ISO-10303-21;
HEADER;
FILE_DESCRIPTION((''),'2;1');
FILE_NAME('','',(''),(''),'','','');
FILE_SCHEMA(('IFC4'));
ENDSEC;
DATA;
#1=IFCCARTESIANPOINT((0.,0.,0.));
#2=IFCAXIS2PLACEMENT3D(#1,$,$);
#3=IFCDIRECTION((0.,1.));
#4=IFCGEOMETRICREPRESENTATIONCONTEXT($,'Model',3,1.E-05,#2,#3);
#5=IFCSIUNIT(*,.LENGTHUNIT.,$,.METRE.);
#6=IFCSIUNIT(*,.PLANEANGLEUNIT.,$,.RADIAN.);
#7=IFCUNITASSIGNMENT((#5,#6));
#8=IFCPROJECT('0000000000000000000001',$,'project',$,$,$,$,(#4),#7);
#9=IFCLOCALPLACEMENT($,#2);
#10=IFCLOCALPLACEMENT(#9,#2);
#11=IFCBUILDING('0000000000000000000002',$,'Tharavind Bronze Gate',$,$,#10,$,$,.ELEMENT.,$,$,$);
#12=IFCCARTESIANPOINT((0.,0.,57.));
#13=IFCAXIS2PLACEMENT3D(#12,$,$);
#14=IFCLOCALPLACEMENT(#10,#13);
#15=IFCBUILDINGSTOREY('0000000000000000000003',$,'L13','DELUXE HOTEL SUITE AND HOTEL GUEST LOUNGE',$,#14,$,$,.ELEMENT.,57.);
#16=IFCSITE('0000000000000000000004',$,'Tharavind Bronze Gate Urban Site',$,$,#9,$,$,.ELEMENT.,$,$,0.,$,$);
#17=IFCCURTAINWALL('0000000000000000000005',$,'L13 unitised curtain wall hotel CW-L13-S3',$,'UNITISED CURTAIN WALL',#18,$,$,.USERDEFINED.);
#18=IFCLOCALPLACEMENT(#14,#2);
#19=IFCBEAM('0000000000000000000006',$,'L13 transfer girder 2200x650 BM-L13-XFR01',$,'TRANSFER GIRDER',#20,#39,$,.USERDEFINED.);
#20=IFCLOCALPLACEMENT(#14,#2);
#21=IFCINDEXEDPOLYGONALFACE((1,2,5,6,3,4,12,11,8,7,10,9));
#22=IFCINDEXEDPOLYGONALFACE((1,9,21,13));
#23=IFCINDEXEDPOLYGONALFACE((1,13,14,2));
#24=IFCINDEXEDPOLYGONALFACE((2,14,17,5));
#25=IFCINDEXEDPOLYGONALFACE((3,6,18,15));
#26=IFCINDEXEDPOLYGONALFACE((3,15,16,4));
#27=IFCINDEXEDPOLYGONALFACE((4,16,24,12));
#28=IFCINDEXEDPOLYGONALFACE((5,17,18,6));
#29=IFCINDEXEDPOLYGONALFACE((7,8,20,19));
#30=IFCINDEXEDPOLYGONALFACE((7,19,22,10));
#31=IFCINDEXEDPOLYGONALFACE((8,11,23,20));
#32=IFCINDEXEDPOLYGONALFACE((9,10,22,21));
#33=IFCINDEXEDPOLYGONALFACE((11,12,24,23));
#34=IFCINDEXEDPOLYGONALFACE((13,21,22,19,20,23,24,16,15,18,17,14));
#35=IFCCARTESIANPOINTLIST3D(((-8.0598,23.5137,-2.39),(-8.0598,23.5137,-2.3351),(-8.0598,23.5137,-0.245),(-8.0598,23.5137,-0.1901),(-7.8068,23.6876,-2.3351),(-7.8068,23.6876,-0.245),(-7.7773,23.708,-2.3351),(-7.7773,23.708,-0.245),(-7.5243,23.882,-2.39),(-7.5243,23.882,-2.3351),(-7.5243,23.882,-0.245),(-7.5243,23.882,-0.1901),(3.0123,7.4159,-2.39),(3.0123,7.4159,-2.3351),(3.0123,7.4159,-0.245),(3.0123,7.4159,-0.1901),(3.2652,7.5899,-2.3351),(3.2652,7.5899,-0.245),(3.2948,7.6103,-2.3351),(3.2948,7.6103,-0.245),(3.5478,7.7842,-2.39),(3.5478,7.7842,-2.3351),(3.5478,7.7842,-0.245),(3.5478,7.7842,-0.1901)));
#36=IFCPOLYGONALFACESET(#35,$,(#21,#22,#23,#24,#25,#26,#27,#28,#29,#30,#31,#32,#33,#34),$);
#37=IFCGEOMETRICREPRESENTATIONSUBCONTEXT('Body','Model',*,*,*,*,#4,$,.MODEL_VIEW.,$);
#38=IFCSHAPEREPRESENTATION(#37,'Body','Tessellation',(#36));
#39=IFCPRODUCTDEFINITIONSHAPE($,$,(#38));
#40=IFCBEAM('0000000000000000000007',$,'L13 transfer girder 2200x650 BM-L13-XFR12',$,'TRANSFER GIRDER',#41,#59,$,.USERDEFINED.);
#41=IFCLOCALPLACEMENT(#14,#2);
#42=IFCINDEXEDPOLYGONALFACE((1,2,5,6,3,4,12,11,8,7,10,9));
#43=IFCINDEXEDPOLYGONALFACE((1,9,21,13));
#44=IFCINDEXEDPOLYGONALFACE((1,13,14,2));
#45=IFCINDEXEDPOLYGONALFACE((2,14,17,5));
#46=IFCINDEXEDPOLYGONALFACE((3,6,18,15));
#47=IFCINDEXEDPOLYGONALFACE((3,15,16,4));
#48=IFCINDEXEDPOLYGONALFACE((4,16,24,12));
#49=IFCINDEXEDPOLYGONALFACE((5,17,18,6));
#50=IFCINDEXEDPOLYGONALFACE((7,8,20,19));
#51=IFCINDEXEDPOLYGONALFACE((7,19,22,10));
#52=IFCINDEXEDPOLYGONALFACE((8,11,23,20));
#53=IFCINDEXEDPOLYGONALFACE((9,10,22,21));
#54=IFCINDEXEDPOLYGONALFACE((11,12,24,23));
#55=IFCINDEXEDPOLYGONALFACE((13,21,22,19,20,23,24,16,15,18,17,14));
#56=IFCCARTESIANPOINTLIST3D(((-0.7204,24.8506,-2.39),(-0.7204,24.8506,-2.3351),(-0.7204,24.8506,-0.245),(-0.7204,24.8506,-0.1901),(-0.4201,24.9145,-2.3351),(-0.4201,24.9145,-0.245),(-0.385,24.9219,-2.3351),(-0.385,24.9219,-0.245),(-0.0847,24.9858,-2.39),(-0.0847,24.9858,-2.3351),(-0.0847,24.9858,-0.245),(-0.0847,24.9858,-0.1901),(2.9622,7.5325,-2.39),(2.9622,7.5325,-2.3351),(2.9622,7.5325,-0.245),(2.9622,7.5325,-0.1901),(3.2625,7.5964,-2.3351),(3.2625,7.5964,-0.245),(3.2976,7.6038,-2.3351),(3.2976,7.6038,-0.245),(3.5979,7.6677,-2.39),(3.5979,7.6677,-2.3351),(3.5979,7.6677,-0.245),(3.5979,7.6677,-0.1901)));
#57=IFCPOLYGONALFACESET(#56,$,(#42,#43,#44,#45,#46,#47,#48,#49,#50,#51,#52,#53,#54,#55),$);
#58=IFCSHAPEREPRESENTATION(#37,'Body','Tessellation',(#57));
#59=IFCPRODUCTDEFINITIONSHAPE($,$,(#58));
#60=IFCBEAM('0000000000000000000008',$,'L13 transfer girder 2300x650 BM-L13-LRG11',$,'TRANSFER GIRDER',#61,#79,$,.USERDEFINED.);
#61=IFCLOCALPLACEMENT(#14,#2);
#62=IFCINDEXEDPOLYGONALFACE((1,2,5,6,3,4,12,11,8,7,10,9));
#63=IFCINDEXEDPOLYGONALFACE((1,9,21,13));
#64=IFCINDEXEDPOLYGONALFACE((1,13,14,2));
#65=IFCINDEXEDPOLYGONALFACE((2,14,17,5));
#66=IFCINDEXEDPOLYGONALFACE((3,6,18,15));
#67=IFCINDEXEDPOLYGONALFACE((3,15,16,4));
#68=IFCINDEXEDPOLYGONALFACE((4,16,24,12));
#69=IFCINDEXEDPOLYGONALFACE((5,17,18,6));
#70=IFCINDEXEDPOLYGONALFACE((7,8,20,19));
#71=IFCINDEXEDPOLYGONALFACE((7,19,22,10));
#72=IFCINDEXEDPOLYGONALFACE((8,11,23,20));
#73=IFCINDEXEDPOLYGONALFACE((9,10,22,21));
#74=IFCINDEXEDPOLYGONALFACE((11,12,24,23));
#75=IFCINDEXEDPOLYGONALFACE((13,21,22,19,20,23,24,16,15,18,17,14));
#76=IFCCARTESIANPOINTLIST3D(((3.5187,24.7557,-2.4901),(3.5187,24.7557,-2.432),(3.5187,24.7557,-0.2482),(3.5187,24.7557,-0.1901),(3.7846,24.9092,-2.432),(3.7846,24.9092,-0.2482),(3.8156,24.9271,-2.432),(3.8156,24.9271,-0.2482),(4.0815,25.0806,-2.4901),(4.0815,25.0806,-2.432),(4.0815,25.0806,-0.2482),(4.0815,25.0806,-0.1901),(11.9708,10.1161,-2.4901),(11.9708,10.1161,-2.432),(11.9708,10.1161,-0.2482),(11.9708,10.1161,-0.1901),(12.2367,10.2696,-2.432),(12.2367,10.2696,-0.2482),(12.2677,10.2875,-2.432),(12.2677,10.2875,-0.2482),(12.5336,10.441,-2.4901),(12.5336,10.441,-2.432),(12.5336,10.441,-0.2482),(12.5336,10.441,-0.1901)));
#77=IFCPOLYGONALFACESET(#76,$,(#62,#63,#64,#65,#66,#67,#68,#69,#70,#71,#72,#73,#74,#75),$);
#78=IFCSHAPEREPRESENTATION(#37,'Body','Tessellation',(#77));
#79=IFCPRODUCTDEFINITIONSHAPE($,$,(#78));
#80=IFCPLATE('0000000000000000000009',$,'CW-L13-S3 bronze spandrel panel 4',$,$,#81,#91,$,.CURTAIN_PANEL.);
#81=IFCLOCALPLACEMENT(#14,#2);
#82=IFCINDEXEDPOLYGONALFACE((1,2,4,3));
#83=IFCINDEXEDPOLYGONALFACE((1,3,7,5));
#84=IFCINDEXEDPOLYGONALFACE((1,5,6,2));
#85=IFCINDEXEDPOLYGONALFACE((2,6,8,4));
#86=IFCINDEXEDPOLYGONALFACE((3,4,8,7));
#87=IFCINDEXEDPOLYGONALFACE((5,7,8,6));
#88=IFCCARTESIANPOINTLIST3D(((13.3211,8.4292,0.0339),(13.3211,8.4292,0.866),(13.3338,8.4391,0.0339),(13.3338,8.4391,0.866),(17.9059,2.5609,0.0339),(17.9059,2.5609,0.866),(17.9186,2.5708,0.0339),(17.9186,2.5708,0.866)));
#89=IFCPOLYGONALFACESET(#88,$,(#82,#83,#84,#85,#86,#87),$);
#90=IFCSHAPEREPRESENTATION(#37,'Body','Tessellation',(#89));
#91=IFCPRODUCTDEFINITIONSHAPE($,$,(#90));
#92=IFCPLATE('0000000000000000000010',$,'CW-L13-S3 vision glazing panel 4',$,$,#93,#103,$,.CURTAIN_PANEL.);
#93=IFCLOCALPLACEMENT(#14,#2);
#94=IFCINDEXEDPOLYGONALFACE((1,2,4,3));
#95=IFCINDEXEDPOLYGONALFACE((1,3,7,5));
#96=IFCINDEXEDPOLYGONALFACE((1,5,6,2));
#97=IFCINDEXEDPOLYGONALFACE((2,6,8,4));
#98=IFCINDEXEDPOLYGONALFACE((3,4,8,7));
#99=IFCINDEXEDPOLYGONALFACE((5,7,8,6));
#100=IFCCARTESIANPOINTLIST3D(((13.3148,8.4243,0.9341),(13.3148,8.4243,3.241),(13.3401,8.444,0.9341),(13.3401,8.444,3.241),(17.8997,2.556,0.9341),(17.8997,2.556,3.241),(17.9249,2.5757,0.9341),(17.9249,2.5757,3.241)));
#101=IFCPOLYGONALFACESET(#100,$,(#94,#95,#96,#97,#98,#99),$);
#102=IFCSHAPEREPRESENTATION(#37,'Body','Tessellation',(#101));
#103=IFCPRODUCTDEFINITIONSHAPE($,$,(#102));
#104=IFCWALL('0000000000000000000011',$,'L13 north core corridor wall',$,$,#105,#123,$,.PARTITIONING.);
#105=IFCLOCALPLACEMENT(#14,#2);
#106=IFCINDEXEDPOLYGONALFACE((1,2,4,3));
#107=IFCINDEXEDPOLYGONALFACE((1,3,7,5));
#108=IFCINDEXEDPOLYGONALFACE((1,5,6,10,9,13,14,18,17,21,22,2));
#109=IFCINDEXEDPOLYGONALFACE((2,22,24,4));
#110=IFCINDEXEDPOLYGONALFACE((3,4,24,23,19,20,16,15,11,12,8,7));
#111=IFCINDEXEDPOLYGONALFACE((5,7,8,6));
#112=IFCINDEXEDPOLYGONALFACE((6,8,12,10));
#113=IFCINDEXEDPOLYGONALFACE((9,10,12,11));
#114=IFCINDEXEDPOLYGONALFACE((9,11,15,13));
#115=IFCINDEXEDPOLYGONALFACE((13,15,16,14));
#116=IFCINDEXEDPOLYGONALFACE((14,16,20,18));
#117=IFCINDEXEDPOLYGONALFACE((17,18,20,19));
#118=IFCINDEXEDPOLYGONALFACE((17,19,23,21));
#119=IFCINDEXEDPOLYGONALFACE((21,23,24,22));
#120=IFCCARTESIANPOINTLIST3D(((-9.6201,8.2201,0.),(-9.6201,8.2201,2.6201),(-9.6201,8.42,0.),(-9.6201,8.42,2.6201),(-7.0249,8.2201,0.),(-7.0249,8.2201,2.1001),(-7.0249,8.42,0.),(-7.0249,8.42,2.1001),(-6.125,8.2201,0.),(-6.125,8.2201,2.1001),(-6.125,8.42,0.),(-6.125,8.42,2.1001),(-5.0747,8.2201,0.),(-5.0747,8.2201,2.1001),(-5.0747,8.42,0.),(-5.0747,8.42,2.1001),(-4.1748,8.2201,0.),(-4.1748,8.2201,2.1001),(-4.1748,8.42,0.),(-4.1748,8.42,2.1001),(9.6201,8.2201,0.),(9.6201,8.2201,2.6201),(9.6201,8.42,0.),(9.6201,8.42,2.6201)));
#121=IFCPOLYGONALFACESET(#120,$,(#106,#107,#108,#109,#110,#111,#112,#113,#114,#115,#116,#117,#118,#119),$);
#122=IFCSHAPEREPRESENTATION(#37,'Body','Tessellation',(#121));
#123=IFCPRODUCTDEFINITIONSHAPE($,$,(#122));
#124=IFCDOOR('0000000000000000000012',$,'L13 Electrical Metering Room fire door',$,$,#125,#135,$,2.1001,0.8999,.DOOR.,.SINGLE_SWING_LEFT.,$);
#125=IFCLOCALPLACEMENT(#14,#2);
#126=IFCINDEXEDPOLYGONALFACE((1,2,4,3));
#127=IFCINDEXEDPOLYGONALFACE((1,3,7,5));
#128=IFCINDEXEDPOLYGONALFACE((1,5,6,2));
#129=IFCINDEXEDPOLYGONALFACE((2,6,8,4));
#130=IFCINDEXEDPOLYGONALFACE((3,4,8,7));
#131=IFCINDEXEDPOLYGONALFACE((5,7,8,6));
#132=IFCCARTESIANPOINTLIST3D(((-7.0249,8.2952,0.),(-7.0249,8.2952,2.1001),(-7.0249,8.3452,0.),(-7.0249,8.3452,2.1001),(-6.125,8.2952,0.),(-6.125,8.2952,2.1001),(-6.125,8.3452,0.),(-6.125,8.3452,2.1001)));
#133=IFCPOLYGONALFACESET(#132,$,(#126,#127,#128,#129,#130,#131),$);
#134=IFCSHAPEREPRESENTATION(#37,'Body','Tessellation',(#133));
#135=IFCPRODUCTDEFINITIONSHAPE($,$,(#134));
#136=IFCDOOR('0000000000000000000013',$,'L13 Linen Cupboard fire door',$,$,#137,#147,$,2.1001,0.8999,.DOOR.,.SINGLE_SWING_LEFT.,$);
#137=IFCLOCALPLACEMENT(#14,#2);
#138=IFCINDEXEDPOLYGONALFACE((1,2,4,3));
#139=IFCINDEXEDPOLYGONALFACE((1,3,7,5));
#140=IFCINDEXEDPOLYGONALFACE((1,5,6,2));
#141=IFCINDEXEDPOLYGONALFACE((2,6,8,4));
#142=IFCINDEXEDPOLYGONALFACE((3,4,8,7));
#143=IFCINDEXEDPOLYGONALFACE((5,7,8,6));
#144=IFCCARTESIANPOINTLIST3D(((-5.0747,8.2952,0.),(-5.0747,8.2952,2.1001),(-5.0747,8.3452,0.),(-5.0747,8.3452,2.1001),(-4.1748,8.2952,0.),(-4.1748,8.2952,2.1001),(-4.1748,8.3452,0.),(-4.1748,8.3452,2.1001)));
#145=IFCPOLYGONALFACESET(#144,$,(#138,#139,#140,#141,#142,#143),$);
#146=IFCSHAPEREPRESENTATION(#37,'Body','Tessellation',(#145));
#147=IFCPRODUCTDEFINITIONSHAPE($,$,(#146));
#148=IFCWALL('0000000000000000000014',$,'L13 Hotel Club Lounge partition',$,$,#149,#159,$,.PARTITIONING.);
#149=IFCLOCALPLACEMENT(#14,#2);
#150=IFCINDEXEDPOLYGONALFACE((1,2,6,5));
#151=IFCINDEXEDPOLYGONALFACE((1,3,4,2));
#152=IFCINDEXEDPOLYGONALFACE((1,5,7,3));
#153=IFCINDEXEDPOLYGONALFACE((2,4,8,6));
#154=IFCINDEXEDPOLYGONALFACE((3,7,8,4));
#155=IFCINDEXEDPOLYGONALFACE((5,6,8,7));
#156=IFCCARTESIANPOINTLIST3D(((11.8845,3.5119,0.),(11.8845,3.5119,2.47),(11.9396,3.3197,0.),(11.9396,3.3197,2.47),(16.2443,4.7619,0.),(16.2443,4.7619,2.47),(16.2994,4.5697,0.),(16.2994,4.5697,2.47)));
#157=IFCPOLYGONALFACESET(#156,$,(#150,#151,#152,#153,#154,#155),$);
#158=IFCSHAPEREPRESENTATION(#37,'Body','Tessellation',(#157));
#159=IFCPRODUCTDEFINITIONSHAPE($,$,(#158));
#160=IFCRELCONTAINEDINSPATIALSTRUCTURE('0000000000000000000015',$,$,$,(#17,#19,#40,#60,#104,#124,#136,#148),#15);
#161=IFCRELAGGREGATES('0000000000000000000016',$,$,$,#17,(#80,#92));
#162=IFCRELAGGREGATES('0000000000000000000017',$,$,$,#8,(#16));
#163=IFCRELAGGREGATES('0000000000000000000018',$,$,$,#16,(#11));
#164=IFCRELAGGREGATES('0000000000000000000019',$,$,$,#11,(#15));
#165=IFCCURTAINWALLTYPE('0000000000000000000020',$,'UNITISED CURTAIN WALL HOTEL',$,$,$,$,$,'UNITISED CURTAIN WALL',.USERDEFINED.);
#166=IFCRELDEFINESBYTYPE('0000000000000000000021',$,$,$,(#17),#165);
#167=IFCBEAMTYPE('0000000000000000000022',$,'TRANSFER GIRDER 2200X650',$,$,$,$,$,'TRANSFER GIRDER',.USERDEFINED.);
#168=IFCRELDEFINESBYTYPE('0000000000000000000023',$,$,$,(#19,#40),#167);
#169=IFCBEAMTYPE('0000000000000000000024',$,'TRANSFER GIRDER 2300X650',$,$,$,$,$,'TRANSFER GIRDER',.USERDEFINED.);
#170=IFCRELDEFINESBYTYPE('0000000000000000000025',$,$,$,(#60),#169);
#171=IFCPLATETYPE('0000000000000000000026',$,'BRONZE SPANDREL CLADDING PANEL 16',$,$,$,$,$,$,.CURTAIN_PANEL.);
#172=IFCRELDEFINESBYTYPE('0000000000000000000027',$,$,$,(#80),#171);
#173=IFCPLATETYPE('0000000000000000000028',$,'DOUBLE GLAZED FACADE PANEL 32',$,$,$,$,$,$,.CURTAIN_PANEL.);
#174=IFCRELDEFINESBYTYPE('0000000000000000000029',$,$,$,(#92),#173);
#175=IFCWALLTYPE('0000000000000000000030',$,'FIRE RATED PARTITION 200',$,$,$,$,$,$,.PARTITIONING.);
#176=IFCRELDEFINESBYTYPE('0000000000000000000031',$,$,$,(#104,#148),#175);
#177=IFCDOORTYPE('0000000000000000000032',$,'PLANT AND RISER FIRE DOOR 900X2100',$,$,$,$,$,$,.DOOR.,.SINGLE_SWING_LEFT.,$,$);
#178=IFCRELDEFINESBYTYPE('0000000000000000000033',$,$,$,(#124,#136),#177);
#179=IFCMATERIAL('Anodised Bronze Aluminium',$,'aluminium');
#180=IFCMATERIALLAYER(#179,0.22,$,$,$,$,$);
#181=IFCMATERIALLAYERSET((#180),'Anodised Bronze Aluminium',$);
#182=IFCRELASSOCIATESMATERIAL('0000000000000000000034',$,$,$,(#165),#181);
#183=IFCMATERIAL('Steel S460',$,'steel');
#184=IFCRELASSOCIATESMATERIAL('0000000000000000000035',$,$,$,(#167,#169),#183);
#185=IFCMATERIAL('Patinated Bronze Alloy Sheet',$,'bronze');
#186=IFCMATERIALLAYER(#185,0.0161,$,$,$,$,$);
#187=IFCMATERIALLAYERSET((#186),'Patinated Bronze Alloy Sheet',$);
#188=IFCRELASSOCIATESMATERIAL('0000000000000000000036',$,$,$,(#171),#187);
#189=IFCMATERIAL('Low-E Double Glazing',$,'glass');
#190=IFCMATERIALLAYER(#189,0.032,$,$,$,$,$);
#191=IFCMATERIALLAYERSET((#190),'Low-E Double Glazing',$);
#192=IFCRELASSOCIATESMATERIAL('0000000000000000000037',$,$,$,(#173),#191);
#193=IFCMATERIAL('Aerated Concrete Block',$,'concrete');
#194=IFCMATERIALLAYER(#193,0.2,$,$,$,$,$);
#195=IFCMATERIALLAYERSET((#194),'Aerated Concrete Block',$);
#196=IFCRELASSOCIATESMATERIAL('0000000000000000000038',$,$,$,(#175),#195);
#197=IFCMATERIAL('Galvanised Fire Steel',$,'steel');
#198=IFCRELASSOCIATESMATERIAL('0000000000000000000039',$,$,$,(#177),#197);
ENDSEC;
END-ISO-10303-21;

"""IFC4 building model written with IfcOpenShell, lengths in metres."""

from ifc_helpers import new_model, si_unit, direction, frame, frame_2d, origin, origin_2d, place, context, subcontext, project, spatial, rectangle, i_section, extrude, material, layer, layer_set, material_profile, profile_set, type_object, element, fill, aggregate, save


model = new_model("IFC4")

# Units and contexts
model_context = context("Model", 3, precision=1e-05, world=origin(), true_north=direction((0.0, 1.0)))
body_context = subcontext(model_context, "Body", "Model", "MODEL_VIEW")
ifc_project = project(units=[si_unit("LENGTHUNIT", "METRE"), si_unit("PLANEANGLEUNIT", "RADIAN")], contexts=[model_context])

# Site, building, storey
site_placement = place(None, origin())
site = spatial("IfcSite", under=ifc_project, at=site_placement, Name="Tharavind Bronze Gate Urban Site", CompositionType="ELEMENT", RefElevation=0.0)
building_placement = place(site_placement, origin())
building = spatial("IfcBuilding", under=site, at=building_placement, Name="Tharavind Bronze Gate", CompositionType="ELEMENT")
storey_placement = place(building_placement, frame((0.0, 0.0, 57.0)))
storey = spatial("IfcBuildingStorey", under=building, at=storey_placement, Name="L13", Description="DELUXE HOTEL SUITE AND HOTEL GUEST LOUNGE", CompositionType="ELEMENT", Elevation=57.0)

# Curtain wall
ifc_material_1 = material(Name="Anodised Bronze Aluminium", Category="aluminium")
ifc_layer_1 = layer(ifc_material_1, 0.22)
ifc_layer_set_1 = layer_set([ifc_layer_1], Name="Anodised Bronze Aluminium")
curtain_wall_type = type_object("IfcCurtainWallType", Name="UNITISED CURTAIN WALL HOTEL", ElementType="UNITISED CURTAIN WALL", PredefinedType="USERDEFINED", material=ifc_layer_set_1)
curtain_wall_placement = place(storey_placement, origin())
curtain_wall = element("IfcCurtainWall", 1, at=curtain_wall_placement, inside=storey, type_object=curtain_wall_type, Name="L13 unitised curtain wall hotel CW-L13-S3", ObjectType="UNITISED CURTAIN WALL", PredefinedType="USERDEFINED")

# Beams
ifc_material_2 = material(Name="Steel S460", Category="steel")
ifc_material_profile_1 = material_profile(ifc_material_2, i_section(OverallWidth=0.6499, OverallDepth=2.2, WebThickness=0.0359, FlangeThickness=0.0549, at=origin_2d()), Name="PG2200X650")
ifc_profile_set_1 = profile_set([ifc_material_profile_1], Name="Steel S460")
beam_type_1 = type_object("IfcBeamType", Name="TRANSFER GIRDER 2200X650", ElementType="TRANSFER GIRDER", PredefinedType="USERDEFINED", material=ifc_profile_set_1)
beam_1_placement = place(storey_placement, frame((3.28, 7.6001, -1.29), z_axis=(-0.566699, 0.823925, 0.0), x_axis=(-0.823925, -0.566699, 0.0)))
element("IfcBeam", 2, at=beam_1_placement, inside=storey, type_object=beam_type_1, Name="L13 transfer girder 2200x650 BM-L13-XFR01", ObjectType="TRANSFER GIRDER", PredefinedType="USERDEFINED", context=body_context, shape_type="SweptSolid", body=[
    extrude(i_section(OverallWidth=0.6499, OverallDepth=2.2, WebThickness=0.0359, FlangeThickness=0.0549, at=origin_2d()), origin(), (0.0, 0.0, 1.0), 19.5378),
])
beam_2_placement = place(storey_placement, frame((3.28, 7.6001, -1.29), z_axis=(-0.207995, 0.97813, 0.0), x_axis=(-0.97813, -0.207995, 0.0)))
element("IfcBeam", 3, at=beam_2_placement, inside=storey, type_object=beam_type_1, Name="L13 transfer girder 2200x650 BM-L13-XFR12", ObjectType="TRANSFER GIRDER", PredefinedType="USERDEFINED", context=body_context, shape_type="SweptSolid", body=[
    extrude(i_section(OverallWidth=0.6499, OverallDepth=2.2, WebThickness=0.0359, FlangeThickness=0.0549, at=origin_2d()), origin(), (0.0, 0.0, 1.0), 17.7053),
])
ifc_material_profile_2 = material_profile(ifc_material_2, i_section(OverallWidth=0.6499, OverallDepth=2.3, WebThickness=0.0359, FlangeThickness=0.0581, at=origin_2d()), Name="PG2300X650")
ifc_profile_set_2 = profile_set([ifc_material_profile_2], Name="Steel S460")
beam_type_2 = type_object("IfcBeamType", Name="TRANSFER GIRDER 2300X650", ElementType="TRANSFER GIRDER", PredefinedType="USERDEFINED", material=ifc_profile_set_2)
beam_3_placement = place(storey_placement, frame((12.2522, 10.2786, -1.3401), z_axis=(-0.499997, 0.866027, 0.0), x_axis=(-0.866027, -0.499997, 0.0)))
element("IfcBeam", 4, at=beam_3_placement, inside=storey, type_object=beam_type_2, Name="L13 transfer girder 2300x650 BM-L13-LRG11", ObjectType="TRANSFER GIRDER", PredefinedType="USERDEFINED", context=body_context, shape_type="SweptSolid", body=[
    extrude(i_section(OverallWidth=0.6499, OverallDepth=2.3, WebThickness=0.0359, FlangeThickness=0.0581, at=origin_2d()), origin(), (0.0, 0.0, 1.0), 16.9043),
])

# Plates
ifc_material_3 = material(Name="Patinated Bronze Alloy Sheet", Category="bronze")
ifc_layer_2 = layer(ifc_material_3, 0.0161)
ifc_layer_set_2 = layer_set([ifc_layer_2], Name="Patinated Bronze Alloy Sheet")
plate_type_1 = type_object("IfcPlateType", Name="BRONZE SPANDREL CLADDING PANEL 16", PredefinedType="CURTAIN_PANEL", material=ifc_layer_set_2)
plate_1_placement = place(storey_placement, frame((15.6199, 5.5, 0.0339), z_axis=(0.0, 0.0, 1.0), x_axis=(-0.615661, 0.788011, 0.0)))
plate_1 = element("IfcPlate", 5, at=plate_1_placement, type_object=plate_type_1, Name="CW-L13-S3 bronze spandrel panel 4", PredefinedType="CURTAIN_PANEL", context=body_context, shape_type="SweptSolid", body=[
    extrude(rectangle(XDim=7.447, YDim=0.0161, at=origin_2d()), origin(), (0.0, 0.0, 1.0), 0.832),
])
ifc_material_4 = material(Name="Low-E Double Glazing", Category="glass")
ifc_layer_3 = layer(ifc_material_4, 0.032)
ifc_layer_set_3 = layer_set([ifc_layer_3], Name="Low-E Double Glazing")
plate_type_2 = type_object("IfcPlateType", Name="DOUBLE GLAZED FACADE PANEL 32", PredefinedType="CURTAIN_PANEL", material=ifc_layer_set_3)
plate_2_placement = place(storey_placement, frame((15.6199, 5.5, 0.9341), z_axis=(0.0, 0.0, 1.0), x_axis=(-0.615661, 0.788011, 0.0)))
plate_2 = element("IfcPlate", 6, at=plate_2_placement, type_object=plate_type_2, Name="CW-L13-S3 vision glazing panel 4", PredefinedType="CURTAIN_PANEL", context=body_context, shape_type="SweptSolid", body=[
    extrude(rectangle(XDim=7.447, YDim=0.032, at=origin_2d()), origin(), (0.0, 0.0, 1.0), 2.3069),
])
aggregate(curtain_wall, [plate_1, plate_2])

# Wall, openings, doors
ifc_material_5 = material(Name="Aerated Concrete Block", Category="concrete")
ifc_layer_4 = layer(ifc_material_5, 0.2)
ifc_layer_set_4 = layer_set([ifc_layer_4], Name="Aerated Concrete Block")
wall_type_1 = type_object("IfcWallType", Name="FIRE RATED PARTITION 200", PredefinedType="PARTITIONING", material=ifc_layer_set_4)
wall_1_placement = place(storey_placement, frame((9.6201, 8.3201, 0.0), z_axis=(0.0, 0.0, 1.0), x_axis=(-1.0, 0.0, 0.0)))
wall_1 = element("IfcWall", 7, at=wall_1_placement, inside=storey, type_object=wall_type_1, Name="L13 north core corridor wall", PredefinedType="PARTITIONING", context=body_context, shape_type="SweptSolid", body=[
    extrude(rectangle(XDim=19.2402, YDim=0.2, at=frame_2d((9.6201, 0.0))), origin(), (0.0, 0.0, 1.0), 2.6201),
])
opening_1_placement = place(wall_1_placement, frame((15.7451, 0.0, 0.0)))
opening_1 = element("IfcOpeningElement", 8, at=opening_1_placement, cuts=wall_1, PredefinedType="OPENING", context=body_context, shape_type="SweptSolid", body=[
    extrude(rectangle(XDim=0.8999, YDim=2.1001, at=frame_2d((0.45, 1.05))), frame((0.0, 0.1101, 0.0), z_axis=(0.0, -1.0, 0.0), x_axis=(1.0, 0.0, 0.0)), (0.0, 0.0, 1.0), 0.22),
])
opening_2_placement = place(wall_1_placement, frame((13.7949, 0.0, 0.0)))
opening_2 = element("IfcOpeningElement", 9, at=opening_2_placement, cuts=wall_1, PredefinedType="OPENING", context=body_context, shape_type="SweptSolid", body=[
    extrude(rectangle(XDim=0.8999, YDim=2.1001, at=frame_2d((0.45, 1.05))), frame((0.0, 0.1101, 0.0), z_axis=(0.0, -1.0, 0.0), x_axis=(1.0, 0.0, 0.0)), (0.0, 0.0, 1.0), 0.22),
])
ifc_material_6 = material(Name="Galvanised Fire Steel", Category="steel")
door_type_1 = type_object("IfcDoorType", Name="PLANT AND RISER FIRE DOOR 900X2100", OperationType="SINGLE_SWING_LEFT", PredefinedType="DOOR", material=ifc_material_6)
door_1_placement = place(opening_1_placement, origin())
door_1 = element("IfcDoor", 10, at=door_1_placement, inside=storey, type_object=door_type_1, Name="L13 Electrical Metering Room fire door", OperationType="SINGLE_SWING_LEFT", OverallHeight=2.1001, OverallWidth=0.8999, PredefinedType="DOOR", context=body_context, shape_type="SweptSolid", body=[
    extrude(rectangle(XDim=0.8999, YDim=2.1001, at=frame_2d((0.45, 1.05))), frame((0.0, 0.0249, 0.0), z_axis=(0.0, -1.0, 0.0), x_axis=(1.0, 0.0, 0.0)), (0.0, 0.0, 1.0), 0.05),
])
fill(opening_1, door_1)
door_2_placement = place(opening_2_placement, origin())
door_2 = element("IfcDoor", 11, at=door_2_placement, inside=storey, type_object=door_type_1, Name="L13 Linen Cupboard fire door", OperationType="SINGLE_SWING_LEFT", OverallHeight=2.1001, OverallWidth=0.8999, PredefinedType="DOOR", context=body_context, shape_type="SweptSolid", body=[
    extrude(rectangle(XDim=0.8999, YDim=2.1001, at=frame_2d((0.45, 1.05))), frame((0.0, 0.0249, 0.0), z_axis=(0.0, -1.0, 0.0), x_axis=(1.0, 0.0, 0.0)), (0.0, 0.0, 1.0), 0.05),
])
fill(opening_2, door_2)

# Wall
wall_2_placement = place(storey_placement, frame((16.2717, 4.6658, 0.0), z_axis=(0.0, 0.0, 1.0), x_axis=(-0.961272, -0.275603, 0.0)))
element("IfcWall", 12, at=wall_2_placement, inside=storey, type_object=wall_type_1, Name="L13 Hotel Club Lounge partition", PredefinedType="PARTITIONING", context=body_context, shape_type="SweptSolid", body=[
    extrude(rectangle(XDim=4.5354, YDim=0.2, at=frame_2d((2.2676, 0.0))), origin(), (0.0, 0.0, 1.0), 2.47),
])

save(model, "model.ifc")
